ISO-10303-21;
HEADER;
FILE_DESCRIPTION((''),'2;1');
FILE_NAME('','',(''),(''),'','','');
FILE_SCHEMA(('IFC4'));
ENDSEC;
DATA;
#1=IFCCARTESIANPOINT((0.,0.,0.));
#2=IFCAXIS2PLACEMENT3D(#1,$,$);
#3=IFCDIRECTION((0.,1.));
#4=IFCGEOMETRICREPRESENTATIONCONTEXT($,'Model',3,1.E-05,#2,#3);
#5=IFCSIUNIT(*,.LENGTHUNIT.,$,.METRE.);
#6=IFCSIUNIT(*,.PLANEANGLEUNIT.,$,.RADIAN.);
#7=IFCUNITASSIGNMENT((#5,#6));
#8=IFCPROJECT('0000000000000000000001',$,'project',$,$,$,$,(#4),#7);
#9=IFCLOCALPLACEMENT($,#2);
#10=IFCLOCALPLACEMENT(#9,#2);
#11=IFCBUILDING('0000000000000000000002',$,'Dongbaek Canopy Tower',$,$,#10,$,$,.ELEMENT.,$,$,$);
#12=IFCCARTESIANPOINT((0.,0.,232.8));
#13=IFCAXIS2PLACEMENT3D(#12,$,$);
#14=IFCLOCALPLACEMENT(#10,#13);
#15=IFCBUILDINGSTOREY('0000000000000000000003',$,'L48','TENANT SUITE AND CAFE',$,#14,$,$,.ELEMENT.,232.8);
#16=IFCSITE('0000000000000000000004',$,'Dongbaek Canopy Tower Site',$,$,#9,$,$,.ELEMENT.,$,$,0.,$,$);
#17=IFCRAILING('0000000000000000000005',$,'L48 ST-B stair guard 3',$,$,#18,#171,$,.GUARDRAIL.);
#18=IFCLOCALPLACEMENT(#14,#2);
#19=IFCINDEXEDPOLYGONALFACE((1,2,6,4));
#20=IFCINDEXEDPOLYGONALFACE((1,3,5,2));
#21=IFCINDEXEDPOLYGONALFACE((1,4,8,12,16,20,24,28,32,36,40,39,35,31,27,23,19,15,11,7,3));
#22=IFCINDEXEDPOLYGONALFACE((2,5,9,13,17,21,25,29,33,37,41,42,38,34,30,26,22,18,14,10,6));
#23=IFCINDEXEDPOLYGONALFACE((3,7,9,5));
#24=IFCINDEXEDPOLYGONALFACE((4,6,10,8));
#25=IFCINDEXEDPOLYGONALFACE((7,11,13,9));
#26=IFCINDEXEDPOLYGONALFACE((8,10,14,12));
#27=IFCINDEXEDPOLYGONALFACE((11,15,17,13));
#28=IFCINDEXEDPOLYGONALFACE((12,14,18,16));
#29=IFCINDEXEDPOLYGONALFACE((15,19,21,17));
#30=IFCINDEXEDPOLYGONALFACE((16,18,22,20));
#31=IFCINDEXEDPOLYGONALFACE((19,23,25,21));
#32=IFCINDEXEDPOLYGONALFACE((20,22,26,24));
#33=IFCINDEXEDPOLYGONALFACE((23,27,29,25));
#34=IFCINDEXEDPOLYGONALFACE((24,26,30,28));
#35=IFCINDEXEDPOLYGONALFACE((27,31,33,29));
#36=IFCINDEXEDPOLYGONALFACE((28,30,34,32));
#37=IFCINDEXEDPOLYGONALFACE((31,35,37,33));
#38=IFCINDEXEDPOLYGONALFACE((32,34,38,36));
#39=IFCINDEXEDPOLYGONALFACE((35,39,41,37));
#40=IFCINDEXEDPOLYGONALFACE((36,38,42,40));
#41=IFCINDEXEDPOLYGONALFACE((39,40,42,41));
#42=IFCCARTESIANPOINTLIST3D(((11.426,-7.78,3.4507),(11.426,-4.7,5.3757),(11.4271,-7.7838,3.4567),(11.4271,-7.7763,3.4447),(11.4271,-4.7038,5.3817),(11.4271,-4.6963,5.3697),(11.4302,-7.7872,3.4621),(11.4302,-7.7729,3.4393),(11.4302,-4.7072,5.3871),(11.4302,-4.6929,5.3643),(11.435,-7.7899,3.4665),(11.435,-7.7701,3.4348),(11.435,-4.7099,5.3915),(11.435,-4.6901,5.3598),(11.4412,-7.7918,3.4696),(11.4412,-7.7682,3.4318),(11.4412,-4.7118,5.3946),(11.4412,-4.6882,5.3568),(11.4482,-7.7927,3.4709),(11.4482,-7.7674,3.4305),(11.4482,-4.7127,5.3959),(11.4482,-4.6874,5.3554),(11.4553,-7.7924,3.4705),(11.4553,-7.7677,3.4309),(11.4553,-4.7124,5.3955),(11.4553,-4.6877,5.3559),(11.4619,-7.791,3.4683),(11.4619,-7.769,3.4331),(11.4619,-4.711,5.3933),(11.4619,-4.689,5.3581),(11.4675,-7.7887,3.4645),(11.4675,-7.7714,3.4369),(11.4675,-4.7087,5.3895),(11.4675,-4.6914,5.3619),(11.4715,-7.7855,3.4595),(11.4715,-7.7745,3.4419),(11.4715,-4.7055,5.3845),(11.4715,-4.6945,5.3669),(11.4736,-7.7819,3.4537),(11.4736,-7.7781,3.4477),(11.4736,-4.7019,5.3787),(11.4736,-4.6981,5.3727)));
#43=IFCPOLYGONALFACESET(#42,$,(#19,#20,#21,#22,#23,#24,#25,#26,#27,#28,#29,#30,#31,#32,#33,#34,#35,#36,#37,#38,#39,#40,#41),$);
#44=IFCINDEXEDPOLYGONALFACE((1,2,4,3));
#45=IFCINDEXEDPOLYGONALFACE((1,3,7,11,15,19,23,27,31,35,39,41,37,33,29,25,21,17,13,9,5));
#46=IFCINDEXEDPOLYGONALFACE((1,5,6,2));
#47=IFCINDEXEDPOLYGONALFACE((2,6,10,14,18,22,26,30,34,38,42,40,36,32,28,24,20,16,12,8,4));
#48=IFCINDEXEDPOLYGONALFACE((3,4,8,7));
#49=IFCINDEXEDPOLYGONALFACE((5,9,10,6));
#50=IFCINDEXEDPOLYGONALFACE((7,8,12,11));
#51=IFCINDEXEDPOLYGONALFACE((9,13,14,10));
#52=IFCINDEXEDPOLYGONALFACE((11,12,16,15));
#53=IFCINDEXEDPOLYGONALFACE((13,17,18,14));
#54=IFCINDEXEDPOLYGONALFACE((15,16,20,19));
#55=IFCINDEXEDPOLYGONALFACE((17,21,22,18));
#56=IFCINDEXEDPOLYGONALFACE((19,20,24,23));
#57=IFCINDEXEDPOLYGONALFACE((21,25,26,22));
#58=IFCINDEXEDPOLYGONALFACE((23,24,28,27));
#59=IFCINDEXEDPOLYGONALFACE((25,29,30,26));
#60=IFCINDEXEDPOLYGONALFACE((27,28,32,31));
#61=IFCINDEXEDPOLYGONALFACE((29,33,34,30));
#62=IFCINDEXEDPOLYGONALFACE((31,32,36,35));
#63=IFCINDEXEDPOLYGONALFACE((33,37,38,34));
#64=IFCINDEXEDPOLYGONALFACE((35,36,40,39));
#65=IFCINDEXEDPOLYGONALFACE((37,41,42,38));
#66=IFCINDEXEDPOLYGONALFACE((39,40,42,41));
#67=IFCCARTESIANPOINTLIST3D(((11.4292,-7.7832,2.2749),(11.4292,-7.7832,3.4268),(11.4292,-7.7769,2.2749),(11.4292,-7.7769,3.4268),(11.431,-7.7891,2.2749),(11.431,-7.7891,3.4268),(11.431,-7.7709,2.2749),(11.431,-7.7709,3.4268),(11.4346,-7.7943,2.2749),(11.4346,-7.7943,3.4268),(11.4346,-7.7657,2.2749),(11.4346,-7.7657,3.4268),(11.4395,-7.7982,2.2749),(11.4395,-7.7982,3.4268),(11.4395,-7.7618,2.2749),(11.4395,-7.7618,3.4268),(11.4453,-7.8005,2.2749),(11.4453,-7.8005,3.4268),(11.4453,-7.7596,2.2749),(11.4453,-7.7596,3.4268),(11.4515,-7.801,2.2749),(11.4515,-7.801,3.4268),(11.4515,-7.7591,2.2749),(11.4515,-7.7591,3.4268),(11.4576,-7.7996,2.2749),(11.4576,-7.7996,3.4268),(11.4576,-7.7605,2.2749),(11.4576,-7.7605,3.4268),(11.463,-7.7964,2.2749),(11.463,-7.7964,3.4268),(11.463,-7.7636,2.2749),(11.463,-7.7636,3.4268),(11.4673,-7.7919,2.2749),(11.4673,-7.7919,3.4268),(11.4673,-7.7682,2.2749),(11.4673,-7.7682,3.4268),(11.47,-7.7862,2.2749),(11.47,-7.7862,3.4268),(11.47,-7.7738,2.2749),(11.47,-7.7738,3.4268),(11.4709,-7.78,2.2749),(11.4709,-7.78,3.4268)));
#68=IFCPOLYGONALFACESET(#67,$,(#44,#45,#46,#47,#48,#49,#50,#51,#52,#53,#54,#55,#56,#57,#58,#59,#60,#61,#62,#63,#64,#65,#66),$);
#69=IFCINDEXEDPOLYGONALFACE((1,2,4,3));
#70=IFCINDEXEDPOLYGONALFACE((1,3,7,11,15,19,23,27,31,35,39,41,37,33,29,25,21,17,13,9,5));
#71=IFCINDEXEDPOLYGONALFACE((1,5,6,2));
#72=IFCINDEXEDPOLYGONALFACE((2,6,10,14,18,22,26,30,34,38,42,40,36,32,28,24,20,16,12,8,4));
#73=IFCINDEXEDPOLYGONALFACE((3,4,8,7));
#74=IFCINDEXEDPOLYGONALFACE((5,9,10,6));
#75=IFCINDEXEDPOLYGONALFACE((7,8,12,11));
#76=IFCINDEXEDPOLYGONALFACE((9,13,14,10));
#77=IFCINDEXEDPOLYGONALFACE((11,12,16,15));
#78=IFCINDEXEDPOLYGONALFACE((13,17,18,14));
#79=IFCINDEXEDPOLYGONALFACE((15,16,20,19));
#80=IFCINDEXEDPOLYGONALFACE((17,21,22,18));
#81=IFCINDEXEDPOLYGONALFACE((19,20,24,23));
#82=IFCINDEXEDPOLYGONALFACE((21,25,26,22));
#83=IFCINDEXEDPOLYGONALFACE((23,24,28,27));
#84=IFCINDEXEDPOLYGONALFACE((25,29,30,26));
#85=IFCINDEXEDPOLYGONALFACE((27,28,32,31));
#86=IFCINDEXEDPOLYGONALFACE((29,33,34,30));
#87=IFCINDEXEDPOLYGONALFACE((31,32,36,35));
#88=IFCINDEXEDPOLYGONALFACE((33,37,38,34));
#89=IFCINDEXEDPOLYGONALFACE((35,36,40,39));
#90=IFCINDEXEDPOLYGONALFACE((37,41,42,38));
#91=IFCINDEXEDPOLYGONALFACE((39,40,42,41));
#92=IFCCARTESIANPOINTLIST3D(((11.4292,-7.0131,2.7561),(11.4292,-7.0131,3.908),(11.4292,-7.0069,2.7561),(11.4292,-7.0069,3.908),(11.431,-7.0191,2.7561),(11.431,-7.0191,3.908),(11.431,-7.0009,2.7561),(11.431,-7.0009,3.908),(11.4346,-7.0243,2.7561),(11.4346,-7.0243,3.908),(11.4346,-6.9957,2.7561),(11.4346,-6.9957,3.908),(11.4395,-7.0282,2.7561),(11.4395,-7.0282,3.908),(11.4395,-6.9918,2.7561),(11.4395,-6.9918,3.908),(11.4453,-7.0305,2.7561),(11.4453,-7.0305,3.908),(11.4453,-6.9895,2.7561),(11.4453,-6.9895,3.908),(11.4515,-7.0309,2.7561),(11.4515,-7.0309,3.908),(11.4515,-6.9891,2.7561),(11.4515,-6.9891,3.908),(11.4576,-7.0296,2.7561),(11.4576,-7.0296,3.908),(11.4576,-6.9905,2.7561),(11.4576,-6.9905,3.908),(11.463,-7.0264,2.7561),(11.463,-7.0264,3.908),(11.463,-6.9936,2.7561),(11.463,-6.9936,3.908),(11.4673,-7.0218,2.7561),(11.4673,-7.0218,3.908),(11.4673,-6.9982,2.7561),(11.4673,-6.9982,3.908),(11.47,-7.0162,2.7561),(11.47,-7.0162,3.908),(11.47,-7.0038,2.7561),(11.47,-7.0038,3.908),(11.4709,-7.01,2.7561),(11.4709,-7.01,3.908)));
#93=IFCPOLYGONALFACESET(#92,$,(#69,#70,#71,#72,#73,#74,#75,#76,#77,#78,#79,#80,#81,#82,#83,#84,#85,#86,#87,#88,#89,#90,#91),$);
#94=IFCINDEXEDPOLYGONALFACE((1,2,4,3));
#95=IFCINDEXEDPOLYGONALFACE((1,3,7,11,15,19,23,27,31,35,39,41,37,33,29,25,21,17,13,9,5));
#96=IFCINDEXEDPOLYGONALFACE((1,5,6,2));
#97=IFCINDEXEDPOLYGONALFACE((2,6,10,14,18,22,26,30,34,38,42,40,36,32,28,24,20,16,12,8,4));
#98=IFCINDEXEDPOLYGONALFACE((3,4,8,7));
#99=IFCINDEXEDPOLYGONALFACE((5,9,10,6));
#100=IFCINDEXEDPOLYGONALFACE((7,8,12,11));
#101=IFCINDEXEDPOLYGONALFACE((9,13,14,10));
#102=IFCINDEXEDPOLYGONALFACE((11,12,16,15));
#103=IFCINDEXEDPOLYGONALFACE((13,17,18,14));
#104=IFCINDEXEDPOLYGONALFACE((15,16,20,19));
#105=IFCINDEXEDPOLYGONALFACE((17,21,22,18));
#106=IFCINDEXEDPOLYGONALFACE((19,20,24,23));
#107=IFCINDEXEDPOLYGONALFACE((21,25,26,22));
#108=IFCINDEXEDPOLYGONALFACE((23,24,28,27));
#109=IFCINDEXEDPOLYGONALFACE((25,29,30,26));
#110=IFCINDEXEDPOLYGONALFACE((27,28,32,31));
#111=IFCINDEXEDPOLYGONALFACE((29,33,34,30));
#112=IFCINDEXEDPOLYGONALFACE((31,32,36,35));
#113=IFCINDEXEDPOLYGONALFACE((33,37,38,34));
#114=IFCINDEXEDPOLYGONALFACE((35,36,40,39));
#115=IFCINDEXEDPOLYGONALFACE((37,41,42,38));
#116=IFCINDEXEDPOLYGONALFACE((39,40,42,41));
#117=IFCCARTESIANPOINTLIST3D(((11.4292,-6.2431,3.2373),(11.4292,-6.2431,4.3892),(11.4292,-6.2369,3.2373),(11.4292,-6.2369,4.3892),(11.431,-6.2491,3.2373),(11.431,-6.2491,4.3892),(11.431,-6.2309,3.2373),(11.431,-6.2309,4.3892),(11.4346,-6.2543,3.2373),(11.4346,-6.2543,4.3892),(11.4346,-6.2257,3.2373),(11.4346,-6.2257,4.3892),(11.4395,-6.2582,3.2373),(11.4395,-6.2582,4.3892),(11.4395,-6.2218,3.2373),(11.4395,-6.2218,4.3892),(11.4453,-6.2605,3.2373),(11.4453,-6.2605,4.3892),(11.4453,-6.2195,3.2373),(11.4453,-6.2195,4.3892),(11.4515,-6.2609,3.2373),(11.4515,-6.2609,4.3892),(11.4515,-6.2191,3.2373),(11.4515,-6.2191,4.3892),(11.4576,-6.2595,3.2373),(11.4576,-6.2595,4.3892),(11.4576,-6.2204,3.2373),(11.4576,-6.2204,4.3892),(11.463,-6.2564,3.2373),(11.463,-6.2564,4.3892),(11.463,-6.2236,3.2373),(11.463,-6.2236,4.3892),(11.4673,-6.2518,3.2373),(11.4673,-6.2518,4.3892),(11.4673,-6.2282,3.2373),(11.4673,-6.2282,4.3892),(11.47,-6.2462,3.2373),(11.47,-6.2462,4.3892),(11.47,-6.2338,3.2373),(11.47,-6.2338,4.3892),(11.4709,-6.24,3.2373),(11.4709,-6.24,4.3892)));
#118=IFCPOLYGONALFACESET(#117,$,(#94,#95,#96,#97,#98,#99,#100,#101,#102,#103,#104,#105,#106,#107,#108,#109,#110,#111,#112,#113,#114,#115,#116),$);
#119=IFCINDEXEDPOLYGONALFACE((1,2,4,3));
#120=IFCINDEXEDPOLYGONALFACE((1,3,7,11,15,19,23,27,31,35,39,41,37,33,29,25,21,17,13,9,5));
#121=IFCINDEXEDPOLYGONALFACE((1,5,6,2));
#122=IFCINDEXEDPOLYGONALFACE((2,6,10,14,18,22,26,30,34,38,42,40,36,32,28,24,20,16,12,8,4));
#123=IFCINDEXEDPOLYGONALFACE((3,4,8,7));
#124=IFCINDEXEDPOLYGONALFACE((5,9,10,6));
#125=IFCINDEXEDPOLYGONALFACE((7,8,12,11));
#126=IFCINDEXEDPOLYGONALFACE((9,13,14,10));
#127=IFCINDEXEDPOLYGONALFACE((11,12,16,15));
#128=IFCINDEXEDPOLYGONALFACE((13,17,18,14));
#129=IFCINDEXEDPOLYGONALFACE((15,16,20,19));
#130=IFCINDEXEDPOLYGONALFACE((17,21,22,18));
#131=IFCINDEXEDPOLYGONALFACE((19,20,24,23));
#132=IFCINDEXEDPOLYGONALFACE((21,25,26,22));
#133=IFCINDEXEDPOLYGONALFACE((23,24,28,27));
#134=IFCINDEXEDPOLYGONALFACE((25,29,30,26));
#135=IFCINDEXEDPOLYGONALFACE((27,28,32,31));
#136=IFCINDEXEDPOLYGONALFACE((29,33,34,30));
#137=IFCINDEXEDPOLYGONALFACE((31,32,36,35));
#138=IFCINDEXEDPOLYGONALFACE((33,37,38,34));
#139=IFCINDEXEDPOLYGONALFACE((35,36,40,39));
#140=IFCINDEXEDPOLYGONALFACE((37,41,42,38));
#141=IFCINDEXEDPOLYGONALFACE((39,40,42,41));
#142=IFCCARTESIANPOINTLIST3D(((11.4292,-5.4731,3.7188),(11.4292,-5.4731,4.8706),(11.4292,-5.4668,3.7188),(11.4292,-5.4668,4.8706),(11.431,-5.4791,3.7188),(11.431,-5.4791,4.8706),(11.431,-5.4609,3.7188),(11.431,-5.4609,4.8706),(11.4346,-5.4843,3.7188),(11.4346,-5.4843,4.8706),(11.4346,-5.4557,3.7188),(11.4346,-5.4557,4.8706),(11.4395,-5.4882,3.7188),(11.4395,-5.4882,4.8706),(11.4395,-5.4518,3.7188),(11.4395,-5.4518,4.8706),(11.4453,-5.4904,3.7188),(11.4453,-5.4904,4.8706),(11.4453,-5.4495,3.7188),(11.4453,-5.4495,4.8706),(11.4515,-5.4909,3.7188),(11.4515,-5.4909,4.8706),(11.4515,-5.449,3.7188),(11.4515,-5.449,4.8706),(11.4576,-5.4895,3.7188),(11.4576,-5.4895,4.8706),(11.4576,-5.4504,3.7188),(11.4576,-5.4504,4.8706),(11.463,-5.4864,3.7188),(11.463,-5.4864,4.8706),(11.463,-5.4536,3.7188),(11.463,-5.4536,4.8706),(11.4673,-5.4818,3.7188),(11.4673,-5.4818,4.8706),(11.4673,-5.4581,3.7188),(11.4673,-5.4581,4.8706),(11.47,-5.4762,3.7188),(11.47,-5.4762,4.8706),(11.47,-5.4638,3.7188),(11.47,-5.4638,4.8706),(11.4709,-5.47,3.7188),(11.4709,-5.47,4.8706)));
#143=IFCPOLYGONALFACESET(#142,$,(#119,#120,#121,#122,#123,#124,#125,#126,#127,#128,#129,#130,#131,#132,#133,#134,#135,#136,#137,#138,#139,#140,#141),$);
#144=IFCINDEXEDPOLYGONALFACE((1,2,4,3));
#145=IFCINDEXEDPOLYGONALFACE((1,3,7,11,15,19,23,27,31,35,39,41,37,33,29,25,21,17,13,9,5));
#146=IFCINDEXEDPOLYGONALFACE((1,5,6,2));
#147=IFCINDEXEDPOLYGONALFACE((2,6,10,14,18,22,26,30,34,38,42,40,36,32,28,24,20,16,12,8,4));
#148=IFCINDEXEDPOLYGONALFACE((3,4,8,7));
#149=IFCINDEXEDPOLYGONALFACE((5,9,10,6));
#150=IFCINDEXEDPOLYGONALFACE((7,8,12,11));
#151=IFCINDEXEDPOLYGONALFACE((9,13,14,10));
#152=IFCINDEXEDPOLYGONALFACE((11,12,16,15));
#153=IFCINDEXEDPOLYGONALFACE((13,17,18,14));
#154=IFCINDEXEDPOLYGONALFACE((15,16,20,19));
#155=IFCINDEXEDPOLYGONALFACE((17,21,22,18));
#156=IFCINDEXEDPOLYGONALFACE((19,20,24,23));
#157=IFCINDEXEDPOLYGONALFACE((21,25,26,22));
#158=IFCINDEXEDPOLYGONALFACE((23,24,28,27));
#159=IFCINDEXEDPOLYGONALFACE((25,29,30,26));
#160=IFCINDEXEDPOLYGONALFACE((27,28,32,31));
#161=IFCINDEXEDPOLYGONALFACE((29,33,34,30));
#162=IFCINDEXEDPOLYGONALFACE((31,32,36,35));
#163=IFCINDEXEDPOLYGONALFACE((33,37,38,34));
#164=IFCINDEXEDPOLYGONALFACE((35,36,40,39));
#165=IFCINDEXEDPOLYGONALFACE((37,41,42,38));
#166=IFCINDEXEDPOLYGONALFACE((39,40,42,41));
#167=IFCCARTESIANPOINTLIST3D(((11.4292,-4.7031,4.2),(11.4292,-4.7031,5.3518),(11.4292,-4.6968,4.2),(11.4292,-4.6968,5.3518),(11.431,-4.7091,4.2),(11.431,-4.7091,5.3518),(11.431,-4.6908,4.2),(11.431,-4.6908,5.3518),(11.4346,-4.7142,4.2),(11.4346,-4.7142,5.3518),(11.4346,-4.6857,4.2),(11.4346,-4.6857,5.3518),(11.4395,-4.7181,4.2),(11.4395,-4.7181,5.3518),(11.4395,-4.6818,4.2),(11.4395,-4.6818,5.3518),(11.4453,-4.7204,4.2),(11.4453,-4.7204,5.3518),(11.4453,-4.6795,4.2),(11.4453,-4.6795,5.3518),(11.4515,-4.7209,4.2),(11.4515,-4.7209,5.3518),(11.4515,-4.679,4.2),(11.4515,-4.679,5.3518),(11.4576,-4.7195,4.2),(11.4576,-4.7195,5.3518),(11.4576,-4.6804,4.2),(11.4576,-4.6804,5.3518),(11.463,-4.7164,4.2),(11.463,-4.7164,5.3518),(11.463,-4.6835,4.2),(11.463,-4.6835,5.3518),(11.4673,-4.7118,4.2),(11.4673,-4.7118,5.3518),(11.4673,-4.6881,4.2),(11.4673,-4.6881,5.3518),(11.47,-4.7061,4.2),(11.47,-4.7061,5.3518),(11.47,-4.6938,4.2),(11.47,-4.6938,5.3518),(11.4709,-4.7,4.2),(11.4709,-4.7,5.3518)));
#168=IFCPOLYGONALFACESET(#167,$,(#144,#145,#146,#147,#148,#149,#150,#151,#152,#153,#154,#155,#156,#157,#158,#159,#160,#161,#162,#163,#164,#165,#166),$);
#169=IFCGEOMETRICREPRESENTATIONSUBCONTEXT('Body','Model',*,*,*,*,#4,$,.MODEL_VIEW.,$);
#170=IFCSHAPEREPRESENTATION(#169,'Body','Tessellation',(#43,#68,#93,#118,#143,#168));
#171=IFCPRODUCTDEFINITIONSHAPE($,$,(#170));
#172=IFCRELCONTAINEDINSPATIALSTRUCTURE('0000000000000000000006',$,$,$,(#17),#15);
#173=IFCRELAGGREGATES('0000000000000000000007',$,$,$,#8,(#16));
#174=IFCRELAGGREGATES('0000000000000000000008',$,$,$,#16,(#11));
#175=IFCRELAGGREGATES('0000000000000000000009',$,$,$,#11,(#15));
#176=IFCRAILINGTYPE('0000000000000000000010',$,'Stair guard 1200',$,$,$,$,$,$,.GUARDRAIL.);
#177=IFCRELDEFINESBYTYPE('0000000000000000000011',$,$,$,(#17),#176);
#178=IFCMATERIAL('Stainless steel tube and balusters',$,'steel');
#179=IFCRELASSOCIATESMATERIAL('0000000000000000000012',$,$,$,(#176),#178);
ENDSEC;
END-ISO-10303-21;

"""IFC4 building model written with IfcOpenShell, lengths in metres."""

from ifc_helpers import new_model, si_unit, direction, frame, origin, origin_2d, place, context, subcontext, project, spatial, circle, extrude, material, type_object, element, save


model = new_model("IFC4")

# Units and contexts
model_context = context("Model", 3, precision=1e-05, world=origin(), true_north=direction((0.0, 1.0)))
body_context = subcontext(model_context, "Body", "Model", "MODEL_VIEW")
ifc_project = project(units=[si_unit("LENGTHUNIT", "METRE"), si_unit("PLANEANGLEUNIT", "RADIAN")], contexts=[model_context])

# Site, building, storey
site_placement = place(None, origin())
site = spatial("IfcSite", under=ifc_project, at=site_placement, Name="Dongbaek Canopy Tower Site", CompositionType="ELEMENT", RefElevation=0.0)
building_placement = place(site_placement, origin())
building = spatial("IfcBuilding", under=site, at=building_placement, Name="Dongbaek Canopy Tower", CompositionType="ELEMENT")
storey_placement = place(building_placement, frame((0.0, 0.0, 232.8)))
storey = spatial("IfcBuildingStorey", under=building, at=storey_placement, Name="L48", Description="TENANT SUITE AND CAFE", CompositionType="ELEMENT", Elevation=232.8)

# Railing
ifc_material_1 = material(Name="Stainless steel tube and balusters", Category="steel")
railing_type_1 = type_object("IfcRailingType", Name="Stair guard 1200", PredefinedType="GUARDRAIL", material=ifc_material_1)
railing_1_placement = place(storey_placement, frame((11.45, -7.78, 2.2749)))
element("IfcRailing", 1, at=railing_1_placement, inside=storey, type_object=railing_type_1, Name="L48 ST-B stair guard 3", PredefinedType="GUARDRAIL", context=body_context, shape_type="SweptSolid", body=[
    extrude(circle(Radius=0.0239, at=origin_2d()), frame((0.0, 0.0, 1.1758), z_axis=(0.0, 0.847998, 0.529999), x_axis=(-1.0, 0.0, 0.0)), (0.0, 0.0, 1.0), 3.6321),
    extrude(circle(Radius=0.021, at=origin_2d()), origin(), (0.0, 0.0, 1.0), 1.1519),
    extrude(circle(Radius=0.021, at=origin_2d()), frame((0.0, 0.77, 0.4812)), (0.0, 0.0, 1.0), 1.1519),
    extrude(circle(Radius=0.021, at=origin_2d()), frame((0.0, 1.54, 0.9624)), (0.0, 0.0, 1.0), 1.1519),
    extrude(circle(Radius=0.021, at=origin_2d()), frame((0.0, 2.3101, 1.4438)), (0.0, 0.0, 1.0), 1.1519),
    extrude(circle(Radius=0.021, at=origin_2d()), frame((0.0, 3.0801, 1.925)), (0.0, 0.0, 1.0), 1.1519),
])

save(model, "model.ifc")
